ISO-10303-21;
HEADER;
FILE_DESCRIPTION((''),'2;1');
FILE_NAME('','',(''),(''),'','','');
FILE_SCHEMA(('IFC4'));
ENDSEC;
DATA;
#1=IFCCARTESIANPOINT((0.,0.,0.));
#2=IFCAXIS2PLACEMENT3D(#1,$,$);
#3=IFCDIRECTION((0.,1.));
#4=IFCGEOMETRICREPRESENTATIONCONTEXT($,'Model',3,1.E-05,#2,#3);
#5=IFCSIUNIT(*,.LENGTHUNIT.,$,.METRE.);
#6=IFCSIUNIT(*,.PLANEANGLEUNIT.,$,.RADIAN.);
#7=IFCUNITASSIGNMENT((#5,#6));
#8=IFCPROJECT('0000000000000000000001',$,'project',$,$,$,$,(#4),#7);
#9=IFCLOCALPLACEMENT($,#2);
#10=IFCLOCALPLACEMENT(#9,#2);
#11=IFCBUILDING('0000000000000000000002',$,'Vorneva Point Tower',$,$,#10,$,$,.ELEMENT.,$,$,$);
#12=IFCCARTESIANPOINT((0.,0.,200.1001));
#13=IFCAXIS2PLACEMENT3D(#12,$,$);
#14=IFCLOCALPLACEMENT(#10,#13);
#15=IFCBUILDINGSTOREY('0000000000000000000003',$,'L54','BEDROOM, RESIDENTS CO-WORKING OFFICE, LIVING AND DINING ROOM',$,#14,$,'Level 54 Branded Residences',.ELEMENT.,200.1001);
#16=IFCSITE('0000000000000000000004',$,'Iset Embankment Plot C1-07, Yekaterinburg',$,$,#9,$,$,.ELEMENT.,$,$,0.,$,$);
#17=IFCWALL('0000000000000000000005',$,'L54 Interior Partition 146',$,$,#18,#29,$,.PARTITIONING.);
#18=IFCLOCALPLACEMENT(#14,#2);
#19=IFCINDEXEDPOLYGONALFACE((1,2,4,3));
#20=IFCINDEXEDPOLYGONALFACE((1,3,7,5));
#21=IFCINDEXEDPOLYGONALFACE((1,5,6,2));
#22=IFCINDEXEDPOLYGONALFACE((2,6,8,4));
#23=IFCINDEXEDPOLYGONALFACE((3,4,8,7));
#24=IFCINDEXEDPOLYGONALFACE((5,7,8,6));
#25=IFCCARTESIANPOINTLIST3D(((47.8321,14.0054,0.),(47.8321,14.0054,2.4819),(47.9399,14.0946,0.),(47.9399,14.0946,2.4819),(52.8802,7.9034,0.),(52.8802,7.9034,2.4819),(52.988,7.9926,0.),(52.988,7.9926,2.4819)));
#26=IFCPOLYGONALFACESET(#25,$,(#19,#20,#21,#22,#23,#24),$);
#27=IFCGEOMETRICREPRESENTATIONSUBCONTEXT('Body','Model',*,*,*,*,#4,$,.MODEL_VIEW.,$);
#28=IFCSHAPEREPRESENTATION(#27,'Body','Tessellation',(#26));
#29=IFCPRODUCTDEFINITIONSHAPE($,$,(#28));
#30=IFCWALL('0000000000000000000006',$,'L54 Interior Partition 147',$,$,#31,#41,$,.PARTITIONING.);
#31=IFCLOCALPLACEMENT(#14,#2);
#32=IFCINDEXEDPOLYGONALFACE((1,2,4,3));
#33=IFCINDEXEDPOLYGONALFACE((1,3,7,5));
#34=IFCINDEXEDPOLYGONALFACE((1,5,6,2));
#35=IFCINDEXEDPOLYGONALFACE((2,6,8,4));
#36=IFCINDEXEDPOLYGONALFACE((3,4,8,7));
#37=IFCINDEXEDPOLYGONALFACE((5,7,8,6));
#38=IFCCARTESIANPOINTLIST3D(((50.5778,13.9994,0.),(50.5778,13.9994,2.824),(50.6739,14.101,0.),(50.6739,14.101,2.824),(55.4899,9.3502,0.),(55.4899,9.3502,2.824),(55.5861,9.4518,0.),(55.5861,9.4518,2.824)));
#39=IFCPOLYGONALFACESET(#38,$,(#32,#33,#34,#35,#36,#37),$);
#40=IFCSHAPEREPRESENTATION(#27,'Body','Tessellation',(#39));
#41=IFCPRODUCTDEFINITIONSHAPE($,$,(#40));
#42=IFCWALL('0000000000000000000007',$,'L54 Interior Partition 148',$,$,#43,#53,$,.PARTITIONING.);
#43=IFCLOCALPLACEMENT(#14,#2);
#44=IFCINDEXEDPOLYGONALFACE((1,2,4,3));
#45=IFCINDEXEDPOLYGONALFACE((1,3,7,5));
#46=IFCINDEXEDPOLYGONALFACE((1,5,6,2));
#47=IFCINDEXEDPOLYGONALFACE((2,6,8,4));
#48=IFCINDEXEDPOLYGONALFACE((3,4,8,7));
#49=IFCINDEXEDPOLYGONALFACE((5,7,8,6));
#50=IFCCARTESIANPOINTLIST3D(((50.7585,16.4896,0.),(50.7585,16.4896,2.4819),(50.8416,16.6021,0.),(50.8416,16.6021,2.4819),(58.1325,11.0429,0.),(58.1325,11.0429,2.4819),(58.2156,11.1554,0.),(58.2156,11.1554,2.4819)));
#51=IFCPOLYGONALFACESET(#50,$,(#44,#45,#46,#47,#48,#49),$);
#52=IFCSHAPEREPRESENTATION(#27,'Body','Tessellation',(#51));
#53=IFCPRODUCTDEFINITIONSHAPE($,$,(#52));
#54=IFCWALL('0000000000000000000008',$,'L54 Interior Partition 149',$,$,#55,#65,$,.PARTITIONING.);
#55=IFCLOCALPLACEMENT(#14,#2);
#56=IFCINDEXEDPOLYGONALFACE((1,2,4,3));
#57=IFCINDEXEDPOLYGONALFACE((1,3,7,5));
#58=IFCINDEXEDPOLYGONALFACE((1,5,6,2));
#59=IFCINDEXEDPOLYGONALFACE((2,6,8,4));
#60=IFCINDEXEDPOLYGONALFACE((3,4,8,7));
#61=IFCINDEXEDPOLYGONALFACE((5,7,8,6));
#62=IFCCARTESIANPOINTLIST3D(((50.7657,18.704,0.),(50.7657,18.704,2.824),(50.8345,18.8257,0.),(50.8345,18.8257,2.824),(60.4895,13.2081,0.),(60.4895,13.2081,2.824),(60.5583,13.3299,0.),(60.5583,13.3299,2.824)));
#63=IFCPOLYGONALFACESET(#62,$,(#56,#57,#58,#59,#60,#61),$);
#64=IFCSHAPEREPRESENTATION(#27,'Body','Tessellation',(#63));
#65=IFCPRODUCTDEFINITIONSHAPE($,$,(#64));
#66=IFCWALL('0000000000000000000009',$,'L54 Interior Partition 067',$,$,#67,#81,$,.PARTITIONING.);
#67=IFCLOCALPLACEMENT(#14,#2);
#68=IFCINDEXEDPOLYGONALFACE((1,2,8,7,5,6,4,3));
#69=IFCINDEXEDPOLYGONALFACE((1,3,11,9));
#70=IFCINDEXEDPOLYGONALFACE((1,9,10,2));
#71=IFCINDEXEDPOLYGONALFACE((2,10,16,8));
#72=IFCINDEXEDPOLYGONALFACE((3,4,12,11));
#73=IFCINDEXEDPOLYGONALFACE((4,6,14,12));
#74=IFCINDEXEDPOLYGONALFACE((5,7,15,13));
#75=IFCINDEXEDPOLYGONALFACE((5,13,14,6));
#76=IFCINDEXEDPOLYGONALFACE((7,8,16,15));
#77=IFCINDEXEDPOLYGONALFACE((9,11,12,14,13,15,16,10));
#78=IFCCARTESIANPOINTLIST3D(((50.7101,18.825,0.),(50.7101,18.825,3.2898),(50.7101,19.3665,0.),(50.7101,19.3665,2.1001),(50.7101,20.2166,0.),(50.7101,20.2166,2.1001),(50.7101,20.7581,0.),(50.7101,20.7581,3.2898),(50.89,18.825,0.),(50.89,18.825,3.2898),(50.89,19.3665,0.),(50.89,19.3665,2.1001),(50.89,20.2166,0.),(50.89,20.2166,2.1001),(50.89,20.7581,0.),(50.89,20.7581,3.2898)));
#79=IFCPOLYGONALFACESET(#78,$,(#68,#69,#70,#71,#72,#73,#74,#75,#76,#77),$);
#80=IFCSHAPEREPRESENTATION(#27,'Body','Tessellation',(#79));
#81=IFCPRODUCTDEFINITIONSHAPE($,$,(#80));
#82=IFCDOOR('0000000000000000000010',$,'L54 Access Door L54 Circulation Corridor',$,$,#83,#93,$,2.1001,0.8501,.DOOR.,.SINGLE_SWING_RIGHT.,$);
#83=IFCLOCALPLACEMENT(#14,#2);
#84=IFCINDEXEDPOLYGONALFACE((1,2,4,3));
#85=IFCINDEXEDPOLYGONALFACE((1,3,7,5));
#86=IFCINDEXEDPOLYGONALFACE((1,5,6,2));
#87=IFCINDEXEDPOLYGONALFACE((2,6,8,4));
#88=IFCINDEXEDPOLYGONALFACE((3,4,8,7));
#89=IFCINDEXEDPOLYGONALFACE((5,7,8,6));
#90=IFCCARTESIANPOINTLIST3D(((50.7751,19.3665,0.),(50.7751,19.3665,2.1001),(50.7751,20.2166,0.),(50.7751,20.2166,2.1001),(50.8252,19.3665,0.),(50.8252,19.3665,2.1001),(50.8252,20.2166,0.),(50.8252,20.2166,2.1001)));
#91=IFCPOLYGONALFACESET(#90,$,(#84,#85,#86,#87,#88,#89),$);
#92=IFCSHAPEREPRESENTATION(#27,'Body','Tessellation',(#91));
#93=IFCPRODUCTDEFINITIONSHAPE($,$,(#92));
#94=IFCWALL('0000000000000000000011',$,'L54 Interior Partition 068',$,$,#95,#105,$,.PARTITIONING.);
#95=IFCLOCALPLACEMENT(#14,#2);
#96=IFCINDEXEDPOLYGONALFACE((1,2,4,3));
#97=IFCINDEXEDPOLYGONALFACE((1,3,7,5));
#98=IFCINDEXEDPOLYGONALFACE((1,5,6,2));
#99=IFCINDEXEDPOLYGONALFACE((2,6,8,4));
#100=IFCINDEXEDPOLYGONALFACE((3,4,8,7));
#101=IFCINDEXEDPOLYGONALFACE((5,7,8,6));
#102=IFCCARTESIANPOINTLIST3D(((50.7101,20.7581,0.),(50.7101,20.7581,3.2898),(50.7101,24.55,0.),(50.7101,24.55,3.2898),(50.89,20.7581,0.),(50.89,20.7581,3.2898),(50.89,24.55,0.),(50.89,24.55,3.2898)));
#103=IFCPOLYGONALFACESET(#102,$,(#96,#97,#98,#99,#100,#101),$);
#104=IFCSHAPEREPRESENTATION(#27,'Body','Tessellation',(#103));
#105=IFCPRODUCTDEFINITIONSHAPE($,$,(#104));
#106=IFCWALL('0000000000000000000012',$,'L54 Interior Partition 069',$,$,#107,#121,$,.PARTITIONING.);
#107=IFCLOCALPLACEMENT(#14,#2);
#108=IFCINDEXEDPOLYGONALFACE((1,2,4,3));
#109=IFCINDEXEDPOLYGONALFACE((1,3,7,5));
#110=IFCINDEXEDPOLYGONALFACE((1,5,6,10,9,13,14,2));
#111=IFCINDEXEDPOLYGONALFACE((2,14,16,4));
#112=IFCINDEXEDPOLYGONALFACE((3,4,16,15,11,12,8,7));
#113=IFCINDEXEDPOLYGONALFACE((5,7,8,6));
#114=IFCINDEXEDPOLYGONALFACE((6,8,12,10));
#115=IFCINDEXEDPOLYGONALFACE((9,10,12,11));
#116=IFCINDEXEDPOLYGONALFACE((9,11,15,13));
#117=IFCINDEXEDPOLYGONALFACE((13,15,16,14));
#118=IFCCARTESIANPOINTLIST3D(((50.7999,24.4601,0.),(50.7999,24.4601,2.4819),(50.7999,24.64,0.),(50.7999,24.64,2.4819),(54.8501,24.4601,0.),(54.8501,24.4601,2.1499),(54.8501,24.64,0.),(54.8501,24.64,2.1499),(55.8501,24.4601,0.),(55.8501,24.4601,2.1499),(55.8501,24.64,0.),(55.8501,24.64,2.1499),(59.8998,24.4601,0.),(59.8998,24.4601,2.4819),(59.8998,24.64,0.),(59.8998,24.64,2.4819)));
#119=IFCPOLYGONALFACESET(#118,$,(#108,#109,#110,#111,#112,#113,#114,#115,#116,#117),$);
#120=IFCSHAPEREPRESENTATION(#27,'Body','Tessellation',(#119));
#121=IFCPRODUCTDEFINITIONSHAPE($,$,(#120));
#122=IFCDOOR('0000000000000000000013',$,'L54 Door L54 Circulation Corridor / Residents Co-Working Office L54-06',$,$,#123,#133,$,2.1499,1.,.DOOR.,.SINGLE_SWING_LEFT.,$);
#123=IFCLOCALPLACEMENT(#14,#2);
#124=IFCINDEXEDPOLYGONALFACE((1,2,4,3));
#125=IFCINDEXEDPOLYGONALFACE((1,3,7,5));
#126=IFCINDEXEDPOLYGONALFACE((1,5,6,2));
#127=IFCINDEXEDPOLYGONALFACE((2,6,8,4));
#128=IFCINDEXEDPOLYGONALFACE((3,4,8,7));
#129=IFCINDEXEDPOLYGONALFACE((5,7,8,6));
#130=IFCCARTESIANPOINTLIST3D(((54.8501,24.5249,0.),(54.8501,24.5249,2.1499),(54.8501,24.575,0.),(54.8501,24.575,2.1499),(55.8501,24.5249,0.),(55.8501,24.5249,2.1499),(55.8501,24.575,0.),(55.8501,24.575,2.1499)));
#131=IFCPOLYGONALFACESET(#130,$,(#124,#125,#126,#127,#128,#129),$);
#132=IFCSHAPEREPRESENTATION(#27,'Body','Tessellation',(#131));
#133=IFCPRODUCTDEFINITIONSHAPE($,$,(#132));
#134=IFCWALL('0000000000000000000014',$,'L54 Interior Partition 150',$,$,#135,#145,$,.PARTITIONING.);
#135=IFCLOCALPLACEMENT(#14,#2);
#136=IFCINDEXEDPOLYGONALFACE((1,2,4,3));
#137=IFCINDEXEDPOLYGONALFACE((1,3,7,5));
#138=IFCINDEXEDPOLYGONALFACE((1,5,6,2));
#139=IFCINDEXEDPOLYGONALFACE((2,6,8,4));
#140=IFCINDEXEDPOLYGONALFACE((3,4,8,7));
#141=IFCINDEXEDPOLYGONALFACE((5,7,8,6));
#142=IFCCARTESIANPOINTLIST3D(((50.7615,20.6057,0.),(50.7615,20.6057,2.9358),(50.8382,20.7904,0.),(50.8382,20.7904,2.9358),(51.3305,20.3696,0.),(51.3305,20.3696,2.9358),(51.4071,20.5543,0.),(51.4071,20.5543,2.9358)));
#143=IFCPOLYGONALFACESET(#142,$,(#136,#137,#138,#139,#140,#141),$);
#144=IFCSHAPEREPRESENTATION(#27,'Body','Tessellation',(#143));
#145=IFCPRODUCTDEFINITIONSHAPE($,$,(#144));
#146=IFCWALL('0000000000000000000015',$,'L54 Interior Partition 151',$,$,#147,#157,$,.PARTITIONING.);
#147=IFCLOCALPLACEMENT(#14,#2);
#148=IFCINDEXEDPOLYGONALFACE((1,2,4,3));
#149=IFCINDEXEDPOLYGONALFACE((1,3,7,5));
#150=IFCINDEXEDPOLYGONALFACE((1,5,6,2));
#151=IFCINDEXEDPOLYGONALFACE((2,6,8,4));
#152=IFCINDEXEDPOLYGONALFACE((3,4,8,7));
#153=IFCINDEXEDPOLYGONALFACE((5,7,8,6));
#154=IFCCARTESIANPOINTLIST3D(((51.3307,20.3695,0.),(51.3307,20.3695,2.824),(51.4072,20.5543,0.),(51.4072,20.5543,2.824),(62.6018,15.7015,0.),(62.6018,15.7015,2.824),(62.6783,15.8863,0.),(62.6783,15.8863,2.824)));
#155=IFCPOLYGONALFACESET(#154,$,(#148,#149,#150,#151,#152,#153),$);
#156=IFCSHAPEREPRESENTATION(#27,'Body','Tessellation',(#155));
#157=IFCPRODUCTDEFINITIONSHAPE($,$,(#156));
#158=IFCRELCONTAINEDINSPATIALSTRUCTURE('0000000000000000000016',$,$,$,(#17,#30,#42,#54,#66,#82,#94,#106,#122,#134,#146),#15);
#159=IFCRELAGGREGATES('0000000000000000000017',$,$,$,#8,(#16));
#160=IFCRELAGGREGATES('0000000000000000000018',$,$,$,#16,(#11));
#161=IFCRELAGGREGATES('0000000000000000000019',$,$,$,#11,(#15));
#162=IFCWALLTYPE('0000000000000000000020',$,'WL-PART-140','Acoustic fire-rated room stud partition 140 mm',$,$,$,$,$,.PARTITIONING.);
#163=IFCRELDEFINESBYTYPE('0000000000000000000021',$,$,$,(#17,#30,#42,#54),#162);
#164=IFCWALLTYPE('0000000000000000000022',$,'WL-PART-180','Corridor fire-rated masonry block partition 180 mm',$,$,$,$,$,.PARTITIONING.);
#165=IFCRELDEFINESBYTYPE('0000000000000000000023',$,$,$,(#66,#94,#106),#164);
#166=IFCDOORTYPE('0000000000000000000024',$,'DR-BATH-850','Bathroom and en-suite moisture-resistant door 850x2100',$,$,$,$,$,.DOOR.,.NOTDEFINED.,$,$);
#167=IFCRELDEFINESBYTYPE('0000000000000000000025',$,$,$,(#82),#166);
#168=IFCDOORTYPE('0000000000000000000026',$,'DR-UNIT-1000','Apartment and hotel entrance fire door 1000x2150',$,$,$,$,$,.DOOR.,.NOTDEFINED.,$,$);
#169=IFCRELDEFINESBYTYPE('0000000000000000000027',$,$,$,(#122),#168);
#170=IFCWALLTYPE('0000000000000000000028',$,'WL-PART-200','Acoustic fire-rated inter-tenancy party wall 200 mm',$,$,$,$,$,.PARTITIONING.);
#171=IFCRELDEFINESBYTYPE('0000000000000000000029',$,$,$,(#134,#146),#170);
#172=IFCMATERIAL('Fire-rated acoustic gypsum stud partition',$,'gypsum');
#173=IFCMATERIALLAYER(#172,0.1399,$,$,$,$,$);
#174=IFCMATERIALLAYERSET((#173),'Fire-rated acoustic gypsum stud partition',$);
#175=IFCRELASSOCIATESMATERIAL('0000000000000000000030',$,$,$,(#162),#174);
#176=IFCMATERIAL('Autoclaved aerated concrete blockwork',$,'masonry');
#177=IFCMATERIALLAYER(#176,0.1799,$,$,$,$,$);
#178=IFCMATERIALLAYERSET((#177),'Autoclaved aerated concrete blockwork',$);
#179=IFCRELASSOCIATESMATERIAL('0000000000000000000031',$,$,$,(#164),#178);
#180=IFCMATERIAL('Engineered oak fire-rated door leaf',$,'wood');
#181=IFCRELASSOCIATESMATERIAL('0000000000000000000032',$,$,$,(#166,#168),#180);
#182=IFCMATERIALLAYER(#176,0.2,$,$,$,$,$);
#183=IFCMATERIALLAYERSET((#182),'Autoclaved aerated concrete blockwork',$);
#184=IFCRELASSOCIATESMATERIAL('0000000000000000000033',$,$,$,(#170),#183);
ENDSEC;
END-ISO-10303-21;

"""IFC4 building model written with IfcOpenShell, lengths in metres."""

from ifc_helpers import new_model, si_unit, direction, frame, frame_2d, origin, place, context, subcontext, project, spatial, rectangle, extrude, material, layer, layer_set, type_object, element, fill, save


model = new_model("IFC4")

# Units and contexts
model_context = context("Model", 3, precision=1e-05, world=origin(), true_north=direction((0.0, 1.0)))
body_context = subcontext(model_context, "Body", "Model", "MODEL_VIEW")
ifc_project = project(units=[si_unit("LENGTHUNIT", "METRE"), si_unit("PLANEANGLEUNIT", "RADIAN")], contexts=[model_context])

# Site, building, storey
site_placement = place(None, origin())
site = spatial("IfcSite", under=ifc_project, at=site_placement, Name="Iset Embankment Plot C1-07, Yekaterinburg", CompositionType="ELEMENT", RefElevation=0.0)
building_placement = place(site_placement, origin())
building = spatial("IfcBuilding", under=site, at=building_placement, Name="Vorneva Point Tower", CompositionType="ELEMENT")
storey_placement = place(building_placement, frame((0.0, 0.0, 200.1001)))
storey = spatial("IfcBuildingStorey", under=building, at=storey_placement, Name="L54", Description="BEDROOM, RESIDENTS CO-WORKING OFFICE, LIVING AND DINING ROOM", LongName="Level 54 Branded Residences", CompositionType="ELEMENT", Elevation=200.1001)

# Walls
ifc_material_1 = material(Name="Fire-rated acoustic gypsum stud partition", Category="gypsum")
ifc_layer_1 = layer(ifc_material_1, 0.1399)
ifc_layer_set_1 = layer_set([ifc_layer_1], Name="Fire-rated acoustic gypsum stud partition")
wall_type_1 = type_object("IfcWallType", Name="WL-PART-140", Description="Acoustic fire-rated room stud partition 140 mm", PredefinedType="PARTITIONING", material=ifc_layer_set_1)
wall_1_placement = place(storey_placement, frame((52.9341, 7.948, 0.0), z_axis=(0.0, 0.0, 1.0), x_axis=(-0.637427, 0.770511, 0.0)))
element("IfcWall", 1, at=wall_1_placement, inside=storey, type_object=wall_type_1, Name="L54 Interior Partition 146", PredefinedType="PARTITIONING", context=body_context, shape_type="SweptSolid", body=[
    extrude(rectangle(XDim=7.9194, YDim=0.1399, at=frame_2d((3.9597, 0.0))), origin(), (0.0, 0.0, 1.0), 2.4819),
])
wall_2_placement = place(storey_placement, frame((55.5381, 9.4009, 0.0), z_axis=(0.0, 0.0, 1.0), x_axis=(-0.726278, 0.687401, 0.0)))
element("IfcWall", 2, at=wall_2_placement, inside=storey, type_object=wall_type_1, Name="L54 Interior Partition 147", PredefinedType="PARTITIONING", context=body_context, shape_type="SweptSolid", body=[
    extrude(rectangle(XDim=6.7634, YDim=0.1399, at=frame_2d((3.3818, 0.0))), origin(), (0.0, 0.0, 1.0), 2.824),
])
wall_3_placement = place(storey_placement, frame((58.1741, 11.0991, 0.0), z_axis=(0.0, 0.0, 1.0), x_axis=(-0.804363, 0.594138, 0.0)))
element("IfcWall", 3, at=wall_3_placement, inside=storey, type_object=wall_type_1, Name="L54 Interior Partition 148", PredefinedType="PARTITIONING", context=body_context, shape_type="SweptSolid", body=[
    extrude(rectangle(XDim=9.1675, YDim=0.1399, at=frame_2d((4.5837, 0.0))), origin(), (0.0, 0.0, 1.0), 2.4819),
])
wall_4_placement = place(storey_placement, frame((60.5239, 13.269, 0.0), z_axis=(0.0, 0.0, 1.0), x_axis=(-0.870573, 0.49204, 0.0)))
element("IfcWall", 4, at=wall_4_placement, inside=storey, type_object=wall_type_1, Name="L54 Interior Partition 149", PredefinedType="PARTITIONING", context=body_context, shape_type="SweptSolid", body=[
    extrude(rectangle(XDim=11.1694, YDim=0.1399, at=frame_2d((5.5847, 0.0))), origin(), (0.0, 0.0, 1.0), 2.824),
])

# Wall, opening, door
ifc_material_2 = material(Name="Autoclaved aerated concrete blockwork", Category="masonry")
ifc_layer_2 = layer(ifc_material_2, 0.1799)
ifc_layer_set_2 = layer_set([ifc_layer_2], Name="Autoclaved aerated concrete blockwork")
wall_type_2 = type_object("IfcWallType", Name="WL-PART-180", Description="Corridor fire-rated masonry block partition 180 mm", PredefinedType="PARTITIONING", material=ifc_layer_set_2)
wall_5_placement = place(storey_placement, frame((50.8, 18.825, 0.0), z_axis=(0.0, 0.0, 1.0), x_axis=(0.0, 1.0, 0.0)))
wall_5 = element("IfcWall", 5, at=wall_5_placement, inside=storey, type_object=wall_type_2, Name="L54 Interior Partition 067", PredefinedType="PARTITIONING", context=body_context, shape_type="SweptSolid", body=[
    extrude(rectangle(XDim=1.9331, YDim=0.1799, at=frame_2d((0.9666, 0.0))), origin(), (0.0, 0.0, 1.0), 3.2898),
])
opening_1_placement = place(wall_5_placement, frame((0.5415, 0.0, 0.0)))
opening_1 = element("IfcOpeningElement", 6, at=opening_1_placement, cuts=wall_5, PredefinedType="OPENING", context=body_context, shape_type="SweptSolid", body=[
    extrude(rectangle(XDim=0.8501, YDim=2.1001, at=frame_2d((0.425, 1.05))), frame((0.0, 0.105, 0.0), z_axis=(0.0, -1.0, 0.0), x_axis=(1.0, 0.0, 0.0)), (0.0, 0.0, 1.0), 0.2097),
])
ifc_material_3 = material(Name="Engineered oak fire-rated door leaf", Category="wood")
door_type_1 = type_object("IfcDoorType", Name="DR-BATH-850", Description="Bathroom and en-suite moisture-resistant door 850x2100", OperationType="NOTDEFINED", PredefinedType="DOOR", material=ifc_material_3)
door_1_placement = place(opening_1_placement, origin())
door_1 = element("IfcDoor", 7, at=door_1_placement, inside=storey, type_object=door_type_1, Name="L54 Access Door L54 Circulation Corridor", OperationType="SINGLE_SWING_RIGHT", OverallHeight=2.1001, OverallWidth=0.8501, PredefinedType="DOOR", context=body_context, shape_type="SweptSolid", body=[
    extrude(rectangle(XDim=0.8501, YDim=2.1001, at=frame_2d((0.425, 1.05))), frame((0.0, 0.0249, 0.0), z_axis=(0.0, -1.0, 0.0), x_axis=(1.0, 0.0, 0.0)), (0.0, 0.0, 1.0), 0.05),
])
fill(opening_1, door_1)

# Wall
wall_6_placement = place(storey_placement, frame((50.8, 20.7581, 0.0), z_axis=(0.0, 0.0, 1.0), x_axis=(0.0, 1.0, 0.0)))
element("IfcWall", 8, at=wall_6_placement, inside=storey, type_object=wall_type_2, Name="L54 Interior Partition 068", PredefinedType="PARTITIONING", context=body_context, shape_type="SweptSolid", body=[
    extrude(rectangle(XDim=3.792, YDim=0.1799, at=frame_2d((1.896, 0.0))), origin(), (0.0, 0.0, 1.0), 3.2898),
])

# Wall, opening, door
wall_7_placement = place(storey_placement, frame((50.8, 24.55, 0.0), z_axis=(0.0, 0.0, 1.0), x_axis=(1.0, 0.0, 0.0)))
wall_7 = element("IfcWall", 9, at=wall_7_placement, inside=storey, type_object=wall_type_2, Name="L54 Interior Partition 069", PredefinedType="PARTITIONING", context=body_context, shape_type="SweptSolid", body=[
    extrude(rectangle(XDim=9.0999, YDim=0.1799, at=frame_2d((4.5498, 0.0))), origin(), (0.0, 0.0, 1.0), 2.4819),
])
opening_2_placement = place(wall_7_placement, frame((4.05, 0.0, 0.0)))
opening_2 = element("IfcOpeningElement", 10, at=opening_2_placement, cuts=wall_7, PredefinedType="OPENING", context=body_context, shape_type="SweptSolid", body=[
    extrude(rectangle(XDim=1.0, YDim=2.1499, at=frame_2d((0.5, 1.075))), frame((0.0, 0.105, 0.0), z_axis=(0.0, -1.0, 0.0), x_axis=(1.0, 0.0, 0.0)), (0.0, 0.0, 1.0), 0.2097),
])
door_type_2 = type_object("IfcDoorType", Name="DR-UNIT-1000", Description="Apartment and hotel entrance fire door 1000x2150", OperationType="NOTDEFINED", PredefinedType="DOOR", material=ifc_material_3)
door_2_placement = place(opening_2_placement, origin())
door_2 = element("IfcDoor", 11, at=door_2_placement, inside=storey, type_object=door_type_2, Name="L54 Door L54 Circulation Corridor / Residents Co-Working Office L54-06", OperationType="SINGLE_SWING_LEFT", OverallHeight=2.1499, OverallWidth=1.0, PredefinedType="DOOR", context=body_context, shape_type="SweptSolid", body=[
    extrude(rectangle(XDim=1.0, YDim=2.1499, at=frame_2d((0.5, 1.075))), frame((0.0, 0.0249, 0.0), z_axis=(0.0, -1.0, 0.0), x_axis=(1.0, 0.0, 0.0)), (0.0, 0.0, 1.0), 0.05),
])
fill(opening_2, door_2)

# Walls
ifc_layer_3 = layer(ifc_material_2, 0.2)
ifc_layer_set_3 = layer_set([ifc_layer_3], Name="Autoclaved aerated concrete blockwork")
wall_type_3 = type_object("IfcWallType", Name="WL-PART-200", Description="Acoustic fire-rated inter-tenancy party wall 200 mm", PredefinedType="PARTITIONING", material=ifc_layer_set_3)
wall_8_placement = place(storey_placement, frame((51.3689, 20.4619, 0.0), z_axis=(0.0, 0.0, 1.0), x_axis=(-0.923615, 0.38332, 0.0)))
element("IfcWall", 12, at=wall_8_placement, inside=storey, type_object=wall_type_3, Name="L54 Interior Partition 150", PredefinedType="PARTITIONING", context=body_context, shape_type="SweptSolid", body=[
    extrude(rectangle(XDim=0.616, YDim=0.2, at=frame_2d((0.3081, 0.0))), origin(), (0.0, 0.0, 1.0), 2.9358),
])
wall_9_placement = place(storey_placement, frame((62.6399, 15.7939, 0.0), z_axis=(0.0, 0.0, 1.0), x_axis=(-0.923898, 0.382639, 0.0)))
element("IfcWall", 13, at=wall_9_placement, inside=storey, type_object=wall_type_3, Name="L54 Interior Partition 151", PredefinedType="PARTITIONING", context=body_context, shape_type="SweptSolid", body=[
    extrude(rectangle(XDim=12.1995, YDim=0.2, at=frame_2d((6.0996, 0.0))), origin(), (0.0, 0.0, 1.0), 2.824),
])

save(model, "model.ifc")
